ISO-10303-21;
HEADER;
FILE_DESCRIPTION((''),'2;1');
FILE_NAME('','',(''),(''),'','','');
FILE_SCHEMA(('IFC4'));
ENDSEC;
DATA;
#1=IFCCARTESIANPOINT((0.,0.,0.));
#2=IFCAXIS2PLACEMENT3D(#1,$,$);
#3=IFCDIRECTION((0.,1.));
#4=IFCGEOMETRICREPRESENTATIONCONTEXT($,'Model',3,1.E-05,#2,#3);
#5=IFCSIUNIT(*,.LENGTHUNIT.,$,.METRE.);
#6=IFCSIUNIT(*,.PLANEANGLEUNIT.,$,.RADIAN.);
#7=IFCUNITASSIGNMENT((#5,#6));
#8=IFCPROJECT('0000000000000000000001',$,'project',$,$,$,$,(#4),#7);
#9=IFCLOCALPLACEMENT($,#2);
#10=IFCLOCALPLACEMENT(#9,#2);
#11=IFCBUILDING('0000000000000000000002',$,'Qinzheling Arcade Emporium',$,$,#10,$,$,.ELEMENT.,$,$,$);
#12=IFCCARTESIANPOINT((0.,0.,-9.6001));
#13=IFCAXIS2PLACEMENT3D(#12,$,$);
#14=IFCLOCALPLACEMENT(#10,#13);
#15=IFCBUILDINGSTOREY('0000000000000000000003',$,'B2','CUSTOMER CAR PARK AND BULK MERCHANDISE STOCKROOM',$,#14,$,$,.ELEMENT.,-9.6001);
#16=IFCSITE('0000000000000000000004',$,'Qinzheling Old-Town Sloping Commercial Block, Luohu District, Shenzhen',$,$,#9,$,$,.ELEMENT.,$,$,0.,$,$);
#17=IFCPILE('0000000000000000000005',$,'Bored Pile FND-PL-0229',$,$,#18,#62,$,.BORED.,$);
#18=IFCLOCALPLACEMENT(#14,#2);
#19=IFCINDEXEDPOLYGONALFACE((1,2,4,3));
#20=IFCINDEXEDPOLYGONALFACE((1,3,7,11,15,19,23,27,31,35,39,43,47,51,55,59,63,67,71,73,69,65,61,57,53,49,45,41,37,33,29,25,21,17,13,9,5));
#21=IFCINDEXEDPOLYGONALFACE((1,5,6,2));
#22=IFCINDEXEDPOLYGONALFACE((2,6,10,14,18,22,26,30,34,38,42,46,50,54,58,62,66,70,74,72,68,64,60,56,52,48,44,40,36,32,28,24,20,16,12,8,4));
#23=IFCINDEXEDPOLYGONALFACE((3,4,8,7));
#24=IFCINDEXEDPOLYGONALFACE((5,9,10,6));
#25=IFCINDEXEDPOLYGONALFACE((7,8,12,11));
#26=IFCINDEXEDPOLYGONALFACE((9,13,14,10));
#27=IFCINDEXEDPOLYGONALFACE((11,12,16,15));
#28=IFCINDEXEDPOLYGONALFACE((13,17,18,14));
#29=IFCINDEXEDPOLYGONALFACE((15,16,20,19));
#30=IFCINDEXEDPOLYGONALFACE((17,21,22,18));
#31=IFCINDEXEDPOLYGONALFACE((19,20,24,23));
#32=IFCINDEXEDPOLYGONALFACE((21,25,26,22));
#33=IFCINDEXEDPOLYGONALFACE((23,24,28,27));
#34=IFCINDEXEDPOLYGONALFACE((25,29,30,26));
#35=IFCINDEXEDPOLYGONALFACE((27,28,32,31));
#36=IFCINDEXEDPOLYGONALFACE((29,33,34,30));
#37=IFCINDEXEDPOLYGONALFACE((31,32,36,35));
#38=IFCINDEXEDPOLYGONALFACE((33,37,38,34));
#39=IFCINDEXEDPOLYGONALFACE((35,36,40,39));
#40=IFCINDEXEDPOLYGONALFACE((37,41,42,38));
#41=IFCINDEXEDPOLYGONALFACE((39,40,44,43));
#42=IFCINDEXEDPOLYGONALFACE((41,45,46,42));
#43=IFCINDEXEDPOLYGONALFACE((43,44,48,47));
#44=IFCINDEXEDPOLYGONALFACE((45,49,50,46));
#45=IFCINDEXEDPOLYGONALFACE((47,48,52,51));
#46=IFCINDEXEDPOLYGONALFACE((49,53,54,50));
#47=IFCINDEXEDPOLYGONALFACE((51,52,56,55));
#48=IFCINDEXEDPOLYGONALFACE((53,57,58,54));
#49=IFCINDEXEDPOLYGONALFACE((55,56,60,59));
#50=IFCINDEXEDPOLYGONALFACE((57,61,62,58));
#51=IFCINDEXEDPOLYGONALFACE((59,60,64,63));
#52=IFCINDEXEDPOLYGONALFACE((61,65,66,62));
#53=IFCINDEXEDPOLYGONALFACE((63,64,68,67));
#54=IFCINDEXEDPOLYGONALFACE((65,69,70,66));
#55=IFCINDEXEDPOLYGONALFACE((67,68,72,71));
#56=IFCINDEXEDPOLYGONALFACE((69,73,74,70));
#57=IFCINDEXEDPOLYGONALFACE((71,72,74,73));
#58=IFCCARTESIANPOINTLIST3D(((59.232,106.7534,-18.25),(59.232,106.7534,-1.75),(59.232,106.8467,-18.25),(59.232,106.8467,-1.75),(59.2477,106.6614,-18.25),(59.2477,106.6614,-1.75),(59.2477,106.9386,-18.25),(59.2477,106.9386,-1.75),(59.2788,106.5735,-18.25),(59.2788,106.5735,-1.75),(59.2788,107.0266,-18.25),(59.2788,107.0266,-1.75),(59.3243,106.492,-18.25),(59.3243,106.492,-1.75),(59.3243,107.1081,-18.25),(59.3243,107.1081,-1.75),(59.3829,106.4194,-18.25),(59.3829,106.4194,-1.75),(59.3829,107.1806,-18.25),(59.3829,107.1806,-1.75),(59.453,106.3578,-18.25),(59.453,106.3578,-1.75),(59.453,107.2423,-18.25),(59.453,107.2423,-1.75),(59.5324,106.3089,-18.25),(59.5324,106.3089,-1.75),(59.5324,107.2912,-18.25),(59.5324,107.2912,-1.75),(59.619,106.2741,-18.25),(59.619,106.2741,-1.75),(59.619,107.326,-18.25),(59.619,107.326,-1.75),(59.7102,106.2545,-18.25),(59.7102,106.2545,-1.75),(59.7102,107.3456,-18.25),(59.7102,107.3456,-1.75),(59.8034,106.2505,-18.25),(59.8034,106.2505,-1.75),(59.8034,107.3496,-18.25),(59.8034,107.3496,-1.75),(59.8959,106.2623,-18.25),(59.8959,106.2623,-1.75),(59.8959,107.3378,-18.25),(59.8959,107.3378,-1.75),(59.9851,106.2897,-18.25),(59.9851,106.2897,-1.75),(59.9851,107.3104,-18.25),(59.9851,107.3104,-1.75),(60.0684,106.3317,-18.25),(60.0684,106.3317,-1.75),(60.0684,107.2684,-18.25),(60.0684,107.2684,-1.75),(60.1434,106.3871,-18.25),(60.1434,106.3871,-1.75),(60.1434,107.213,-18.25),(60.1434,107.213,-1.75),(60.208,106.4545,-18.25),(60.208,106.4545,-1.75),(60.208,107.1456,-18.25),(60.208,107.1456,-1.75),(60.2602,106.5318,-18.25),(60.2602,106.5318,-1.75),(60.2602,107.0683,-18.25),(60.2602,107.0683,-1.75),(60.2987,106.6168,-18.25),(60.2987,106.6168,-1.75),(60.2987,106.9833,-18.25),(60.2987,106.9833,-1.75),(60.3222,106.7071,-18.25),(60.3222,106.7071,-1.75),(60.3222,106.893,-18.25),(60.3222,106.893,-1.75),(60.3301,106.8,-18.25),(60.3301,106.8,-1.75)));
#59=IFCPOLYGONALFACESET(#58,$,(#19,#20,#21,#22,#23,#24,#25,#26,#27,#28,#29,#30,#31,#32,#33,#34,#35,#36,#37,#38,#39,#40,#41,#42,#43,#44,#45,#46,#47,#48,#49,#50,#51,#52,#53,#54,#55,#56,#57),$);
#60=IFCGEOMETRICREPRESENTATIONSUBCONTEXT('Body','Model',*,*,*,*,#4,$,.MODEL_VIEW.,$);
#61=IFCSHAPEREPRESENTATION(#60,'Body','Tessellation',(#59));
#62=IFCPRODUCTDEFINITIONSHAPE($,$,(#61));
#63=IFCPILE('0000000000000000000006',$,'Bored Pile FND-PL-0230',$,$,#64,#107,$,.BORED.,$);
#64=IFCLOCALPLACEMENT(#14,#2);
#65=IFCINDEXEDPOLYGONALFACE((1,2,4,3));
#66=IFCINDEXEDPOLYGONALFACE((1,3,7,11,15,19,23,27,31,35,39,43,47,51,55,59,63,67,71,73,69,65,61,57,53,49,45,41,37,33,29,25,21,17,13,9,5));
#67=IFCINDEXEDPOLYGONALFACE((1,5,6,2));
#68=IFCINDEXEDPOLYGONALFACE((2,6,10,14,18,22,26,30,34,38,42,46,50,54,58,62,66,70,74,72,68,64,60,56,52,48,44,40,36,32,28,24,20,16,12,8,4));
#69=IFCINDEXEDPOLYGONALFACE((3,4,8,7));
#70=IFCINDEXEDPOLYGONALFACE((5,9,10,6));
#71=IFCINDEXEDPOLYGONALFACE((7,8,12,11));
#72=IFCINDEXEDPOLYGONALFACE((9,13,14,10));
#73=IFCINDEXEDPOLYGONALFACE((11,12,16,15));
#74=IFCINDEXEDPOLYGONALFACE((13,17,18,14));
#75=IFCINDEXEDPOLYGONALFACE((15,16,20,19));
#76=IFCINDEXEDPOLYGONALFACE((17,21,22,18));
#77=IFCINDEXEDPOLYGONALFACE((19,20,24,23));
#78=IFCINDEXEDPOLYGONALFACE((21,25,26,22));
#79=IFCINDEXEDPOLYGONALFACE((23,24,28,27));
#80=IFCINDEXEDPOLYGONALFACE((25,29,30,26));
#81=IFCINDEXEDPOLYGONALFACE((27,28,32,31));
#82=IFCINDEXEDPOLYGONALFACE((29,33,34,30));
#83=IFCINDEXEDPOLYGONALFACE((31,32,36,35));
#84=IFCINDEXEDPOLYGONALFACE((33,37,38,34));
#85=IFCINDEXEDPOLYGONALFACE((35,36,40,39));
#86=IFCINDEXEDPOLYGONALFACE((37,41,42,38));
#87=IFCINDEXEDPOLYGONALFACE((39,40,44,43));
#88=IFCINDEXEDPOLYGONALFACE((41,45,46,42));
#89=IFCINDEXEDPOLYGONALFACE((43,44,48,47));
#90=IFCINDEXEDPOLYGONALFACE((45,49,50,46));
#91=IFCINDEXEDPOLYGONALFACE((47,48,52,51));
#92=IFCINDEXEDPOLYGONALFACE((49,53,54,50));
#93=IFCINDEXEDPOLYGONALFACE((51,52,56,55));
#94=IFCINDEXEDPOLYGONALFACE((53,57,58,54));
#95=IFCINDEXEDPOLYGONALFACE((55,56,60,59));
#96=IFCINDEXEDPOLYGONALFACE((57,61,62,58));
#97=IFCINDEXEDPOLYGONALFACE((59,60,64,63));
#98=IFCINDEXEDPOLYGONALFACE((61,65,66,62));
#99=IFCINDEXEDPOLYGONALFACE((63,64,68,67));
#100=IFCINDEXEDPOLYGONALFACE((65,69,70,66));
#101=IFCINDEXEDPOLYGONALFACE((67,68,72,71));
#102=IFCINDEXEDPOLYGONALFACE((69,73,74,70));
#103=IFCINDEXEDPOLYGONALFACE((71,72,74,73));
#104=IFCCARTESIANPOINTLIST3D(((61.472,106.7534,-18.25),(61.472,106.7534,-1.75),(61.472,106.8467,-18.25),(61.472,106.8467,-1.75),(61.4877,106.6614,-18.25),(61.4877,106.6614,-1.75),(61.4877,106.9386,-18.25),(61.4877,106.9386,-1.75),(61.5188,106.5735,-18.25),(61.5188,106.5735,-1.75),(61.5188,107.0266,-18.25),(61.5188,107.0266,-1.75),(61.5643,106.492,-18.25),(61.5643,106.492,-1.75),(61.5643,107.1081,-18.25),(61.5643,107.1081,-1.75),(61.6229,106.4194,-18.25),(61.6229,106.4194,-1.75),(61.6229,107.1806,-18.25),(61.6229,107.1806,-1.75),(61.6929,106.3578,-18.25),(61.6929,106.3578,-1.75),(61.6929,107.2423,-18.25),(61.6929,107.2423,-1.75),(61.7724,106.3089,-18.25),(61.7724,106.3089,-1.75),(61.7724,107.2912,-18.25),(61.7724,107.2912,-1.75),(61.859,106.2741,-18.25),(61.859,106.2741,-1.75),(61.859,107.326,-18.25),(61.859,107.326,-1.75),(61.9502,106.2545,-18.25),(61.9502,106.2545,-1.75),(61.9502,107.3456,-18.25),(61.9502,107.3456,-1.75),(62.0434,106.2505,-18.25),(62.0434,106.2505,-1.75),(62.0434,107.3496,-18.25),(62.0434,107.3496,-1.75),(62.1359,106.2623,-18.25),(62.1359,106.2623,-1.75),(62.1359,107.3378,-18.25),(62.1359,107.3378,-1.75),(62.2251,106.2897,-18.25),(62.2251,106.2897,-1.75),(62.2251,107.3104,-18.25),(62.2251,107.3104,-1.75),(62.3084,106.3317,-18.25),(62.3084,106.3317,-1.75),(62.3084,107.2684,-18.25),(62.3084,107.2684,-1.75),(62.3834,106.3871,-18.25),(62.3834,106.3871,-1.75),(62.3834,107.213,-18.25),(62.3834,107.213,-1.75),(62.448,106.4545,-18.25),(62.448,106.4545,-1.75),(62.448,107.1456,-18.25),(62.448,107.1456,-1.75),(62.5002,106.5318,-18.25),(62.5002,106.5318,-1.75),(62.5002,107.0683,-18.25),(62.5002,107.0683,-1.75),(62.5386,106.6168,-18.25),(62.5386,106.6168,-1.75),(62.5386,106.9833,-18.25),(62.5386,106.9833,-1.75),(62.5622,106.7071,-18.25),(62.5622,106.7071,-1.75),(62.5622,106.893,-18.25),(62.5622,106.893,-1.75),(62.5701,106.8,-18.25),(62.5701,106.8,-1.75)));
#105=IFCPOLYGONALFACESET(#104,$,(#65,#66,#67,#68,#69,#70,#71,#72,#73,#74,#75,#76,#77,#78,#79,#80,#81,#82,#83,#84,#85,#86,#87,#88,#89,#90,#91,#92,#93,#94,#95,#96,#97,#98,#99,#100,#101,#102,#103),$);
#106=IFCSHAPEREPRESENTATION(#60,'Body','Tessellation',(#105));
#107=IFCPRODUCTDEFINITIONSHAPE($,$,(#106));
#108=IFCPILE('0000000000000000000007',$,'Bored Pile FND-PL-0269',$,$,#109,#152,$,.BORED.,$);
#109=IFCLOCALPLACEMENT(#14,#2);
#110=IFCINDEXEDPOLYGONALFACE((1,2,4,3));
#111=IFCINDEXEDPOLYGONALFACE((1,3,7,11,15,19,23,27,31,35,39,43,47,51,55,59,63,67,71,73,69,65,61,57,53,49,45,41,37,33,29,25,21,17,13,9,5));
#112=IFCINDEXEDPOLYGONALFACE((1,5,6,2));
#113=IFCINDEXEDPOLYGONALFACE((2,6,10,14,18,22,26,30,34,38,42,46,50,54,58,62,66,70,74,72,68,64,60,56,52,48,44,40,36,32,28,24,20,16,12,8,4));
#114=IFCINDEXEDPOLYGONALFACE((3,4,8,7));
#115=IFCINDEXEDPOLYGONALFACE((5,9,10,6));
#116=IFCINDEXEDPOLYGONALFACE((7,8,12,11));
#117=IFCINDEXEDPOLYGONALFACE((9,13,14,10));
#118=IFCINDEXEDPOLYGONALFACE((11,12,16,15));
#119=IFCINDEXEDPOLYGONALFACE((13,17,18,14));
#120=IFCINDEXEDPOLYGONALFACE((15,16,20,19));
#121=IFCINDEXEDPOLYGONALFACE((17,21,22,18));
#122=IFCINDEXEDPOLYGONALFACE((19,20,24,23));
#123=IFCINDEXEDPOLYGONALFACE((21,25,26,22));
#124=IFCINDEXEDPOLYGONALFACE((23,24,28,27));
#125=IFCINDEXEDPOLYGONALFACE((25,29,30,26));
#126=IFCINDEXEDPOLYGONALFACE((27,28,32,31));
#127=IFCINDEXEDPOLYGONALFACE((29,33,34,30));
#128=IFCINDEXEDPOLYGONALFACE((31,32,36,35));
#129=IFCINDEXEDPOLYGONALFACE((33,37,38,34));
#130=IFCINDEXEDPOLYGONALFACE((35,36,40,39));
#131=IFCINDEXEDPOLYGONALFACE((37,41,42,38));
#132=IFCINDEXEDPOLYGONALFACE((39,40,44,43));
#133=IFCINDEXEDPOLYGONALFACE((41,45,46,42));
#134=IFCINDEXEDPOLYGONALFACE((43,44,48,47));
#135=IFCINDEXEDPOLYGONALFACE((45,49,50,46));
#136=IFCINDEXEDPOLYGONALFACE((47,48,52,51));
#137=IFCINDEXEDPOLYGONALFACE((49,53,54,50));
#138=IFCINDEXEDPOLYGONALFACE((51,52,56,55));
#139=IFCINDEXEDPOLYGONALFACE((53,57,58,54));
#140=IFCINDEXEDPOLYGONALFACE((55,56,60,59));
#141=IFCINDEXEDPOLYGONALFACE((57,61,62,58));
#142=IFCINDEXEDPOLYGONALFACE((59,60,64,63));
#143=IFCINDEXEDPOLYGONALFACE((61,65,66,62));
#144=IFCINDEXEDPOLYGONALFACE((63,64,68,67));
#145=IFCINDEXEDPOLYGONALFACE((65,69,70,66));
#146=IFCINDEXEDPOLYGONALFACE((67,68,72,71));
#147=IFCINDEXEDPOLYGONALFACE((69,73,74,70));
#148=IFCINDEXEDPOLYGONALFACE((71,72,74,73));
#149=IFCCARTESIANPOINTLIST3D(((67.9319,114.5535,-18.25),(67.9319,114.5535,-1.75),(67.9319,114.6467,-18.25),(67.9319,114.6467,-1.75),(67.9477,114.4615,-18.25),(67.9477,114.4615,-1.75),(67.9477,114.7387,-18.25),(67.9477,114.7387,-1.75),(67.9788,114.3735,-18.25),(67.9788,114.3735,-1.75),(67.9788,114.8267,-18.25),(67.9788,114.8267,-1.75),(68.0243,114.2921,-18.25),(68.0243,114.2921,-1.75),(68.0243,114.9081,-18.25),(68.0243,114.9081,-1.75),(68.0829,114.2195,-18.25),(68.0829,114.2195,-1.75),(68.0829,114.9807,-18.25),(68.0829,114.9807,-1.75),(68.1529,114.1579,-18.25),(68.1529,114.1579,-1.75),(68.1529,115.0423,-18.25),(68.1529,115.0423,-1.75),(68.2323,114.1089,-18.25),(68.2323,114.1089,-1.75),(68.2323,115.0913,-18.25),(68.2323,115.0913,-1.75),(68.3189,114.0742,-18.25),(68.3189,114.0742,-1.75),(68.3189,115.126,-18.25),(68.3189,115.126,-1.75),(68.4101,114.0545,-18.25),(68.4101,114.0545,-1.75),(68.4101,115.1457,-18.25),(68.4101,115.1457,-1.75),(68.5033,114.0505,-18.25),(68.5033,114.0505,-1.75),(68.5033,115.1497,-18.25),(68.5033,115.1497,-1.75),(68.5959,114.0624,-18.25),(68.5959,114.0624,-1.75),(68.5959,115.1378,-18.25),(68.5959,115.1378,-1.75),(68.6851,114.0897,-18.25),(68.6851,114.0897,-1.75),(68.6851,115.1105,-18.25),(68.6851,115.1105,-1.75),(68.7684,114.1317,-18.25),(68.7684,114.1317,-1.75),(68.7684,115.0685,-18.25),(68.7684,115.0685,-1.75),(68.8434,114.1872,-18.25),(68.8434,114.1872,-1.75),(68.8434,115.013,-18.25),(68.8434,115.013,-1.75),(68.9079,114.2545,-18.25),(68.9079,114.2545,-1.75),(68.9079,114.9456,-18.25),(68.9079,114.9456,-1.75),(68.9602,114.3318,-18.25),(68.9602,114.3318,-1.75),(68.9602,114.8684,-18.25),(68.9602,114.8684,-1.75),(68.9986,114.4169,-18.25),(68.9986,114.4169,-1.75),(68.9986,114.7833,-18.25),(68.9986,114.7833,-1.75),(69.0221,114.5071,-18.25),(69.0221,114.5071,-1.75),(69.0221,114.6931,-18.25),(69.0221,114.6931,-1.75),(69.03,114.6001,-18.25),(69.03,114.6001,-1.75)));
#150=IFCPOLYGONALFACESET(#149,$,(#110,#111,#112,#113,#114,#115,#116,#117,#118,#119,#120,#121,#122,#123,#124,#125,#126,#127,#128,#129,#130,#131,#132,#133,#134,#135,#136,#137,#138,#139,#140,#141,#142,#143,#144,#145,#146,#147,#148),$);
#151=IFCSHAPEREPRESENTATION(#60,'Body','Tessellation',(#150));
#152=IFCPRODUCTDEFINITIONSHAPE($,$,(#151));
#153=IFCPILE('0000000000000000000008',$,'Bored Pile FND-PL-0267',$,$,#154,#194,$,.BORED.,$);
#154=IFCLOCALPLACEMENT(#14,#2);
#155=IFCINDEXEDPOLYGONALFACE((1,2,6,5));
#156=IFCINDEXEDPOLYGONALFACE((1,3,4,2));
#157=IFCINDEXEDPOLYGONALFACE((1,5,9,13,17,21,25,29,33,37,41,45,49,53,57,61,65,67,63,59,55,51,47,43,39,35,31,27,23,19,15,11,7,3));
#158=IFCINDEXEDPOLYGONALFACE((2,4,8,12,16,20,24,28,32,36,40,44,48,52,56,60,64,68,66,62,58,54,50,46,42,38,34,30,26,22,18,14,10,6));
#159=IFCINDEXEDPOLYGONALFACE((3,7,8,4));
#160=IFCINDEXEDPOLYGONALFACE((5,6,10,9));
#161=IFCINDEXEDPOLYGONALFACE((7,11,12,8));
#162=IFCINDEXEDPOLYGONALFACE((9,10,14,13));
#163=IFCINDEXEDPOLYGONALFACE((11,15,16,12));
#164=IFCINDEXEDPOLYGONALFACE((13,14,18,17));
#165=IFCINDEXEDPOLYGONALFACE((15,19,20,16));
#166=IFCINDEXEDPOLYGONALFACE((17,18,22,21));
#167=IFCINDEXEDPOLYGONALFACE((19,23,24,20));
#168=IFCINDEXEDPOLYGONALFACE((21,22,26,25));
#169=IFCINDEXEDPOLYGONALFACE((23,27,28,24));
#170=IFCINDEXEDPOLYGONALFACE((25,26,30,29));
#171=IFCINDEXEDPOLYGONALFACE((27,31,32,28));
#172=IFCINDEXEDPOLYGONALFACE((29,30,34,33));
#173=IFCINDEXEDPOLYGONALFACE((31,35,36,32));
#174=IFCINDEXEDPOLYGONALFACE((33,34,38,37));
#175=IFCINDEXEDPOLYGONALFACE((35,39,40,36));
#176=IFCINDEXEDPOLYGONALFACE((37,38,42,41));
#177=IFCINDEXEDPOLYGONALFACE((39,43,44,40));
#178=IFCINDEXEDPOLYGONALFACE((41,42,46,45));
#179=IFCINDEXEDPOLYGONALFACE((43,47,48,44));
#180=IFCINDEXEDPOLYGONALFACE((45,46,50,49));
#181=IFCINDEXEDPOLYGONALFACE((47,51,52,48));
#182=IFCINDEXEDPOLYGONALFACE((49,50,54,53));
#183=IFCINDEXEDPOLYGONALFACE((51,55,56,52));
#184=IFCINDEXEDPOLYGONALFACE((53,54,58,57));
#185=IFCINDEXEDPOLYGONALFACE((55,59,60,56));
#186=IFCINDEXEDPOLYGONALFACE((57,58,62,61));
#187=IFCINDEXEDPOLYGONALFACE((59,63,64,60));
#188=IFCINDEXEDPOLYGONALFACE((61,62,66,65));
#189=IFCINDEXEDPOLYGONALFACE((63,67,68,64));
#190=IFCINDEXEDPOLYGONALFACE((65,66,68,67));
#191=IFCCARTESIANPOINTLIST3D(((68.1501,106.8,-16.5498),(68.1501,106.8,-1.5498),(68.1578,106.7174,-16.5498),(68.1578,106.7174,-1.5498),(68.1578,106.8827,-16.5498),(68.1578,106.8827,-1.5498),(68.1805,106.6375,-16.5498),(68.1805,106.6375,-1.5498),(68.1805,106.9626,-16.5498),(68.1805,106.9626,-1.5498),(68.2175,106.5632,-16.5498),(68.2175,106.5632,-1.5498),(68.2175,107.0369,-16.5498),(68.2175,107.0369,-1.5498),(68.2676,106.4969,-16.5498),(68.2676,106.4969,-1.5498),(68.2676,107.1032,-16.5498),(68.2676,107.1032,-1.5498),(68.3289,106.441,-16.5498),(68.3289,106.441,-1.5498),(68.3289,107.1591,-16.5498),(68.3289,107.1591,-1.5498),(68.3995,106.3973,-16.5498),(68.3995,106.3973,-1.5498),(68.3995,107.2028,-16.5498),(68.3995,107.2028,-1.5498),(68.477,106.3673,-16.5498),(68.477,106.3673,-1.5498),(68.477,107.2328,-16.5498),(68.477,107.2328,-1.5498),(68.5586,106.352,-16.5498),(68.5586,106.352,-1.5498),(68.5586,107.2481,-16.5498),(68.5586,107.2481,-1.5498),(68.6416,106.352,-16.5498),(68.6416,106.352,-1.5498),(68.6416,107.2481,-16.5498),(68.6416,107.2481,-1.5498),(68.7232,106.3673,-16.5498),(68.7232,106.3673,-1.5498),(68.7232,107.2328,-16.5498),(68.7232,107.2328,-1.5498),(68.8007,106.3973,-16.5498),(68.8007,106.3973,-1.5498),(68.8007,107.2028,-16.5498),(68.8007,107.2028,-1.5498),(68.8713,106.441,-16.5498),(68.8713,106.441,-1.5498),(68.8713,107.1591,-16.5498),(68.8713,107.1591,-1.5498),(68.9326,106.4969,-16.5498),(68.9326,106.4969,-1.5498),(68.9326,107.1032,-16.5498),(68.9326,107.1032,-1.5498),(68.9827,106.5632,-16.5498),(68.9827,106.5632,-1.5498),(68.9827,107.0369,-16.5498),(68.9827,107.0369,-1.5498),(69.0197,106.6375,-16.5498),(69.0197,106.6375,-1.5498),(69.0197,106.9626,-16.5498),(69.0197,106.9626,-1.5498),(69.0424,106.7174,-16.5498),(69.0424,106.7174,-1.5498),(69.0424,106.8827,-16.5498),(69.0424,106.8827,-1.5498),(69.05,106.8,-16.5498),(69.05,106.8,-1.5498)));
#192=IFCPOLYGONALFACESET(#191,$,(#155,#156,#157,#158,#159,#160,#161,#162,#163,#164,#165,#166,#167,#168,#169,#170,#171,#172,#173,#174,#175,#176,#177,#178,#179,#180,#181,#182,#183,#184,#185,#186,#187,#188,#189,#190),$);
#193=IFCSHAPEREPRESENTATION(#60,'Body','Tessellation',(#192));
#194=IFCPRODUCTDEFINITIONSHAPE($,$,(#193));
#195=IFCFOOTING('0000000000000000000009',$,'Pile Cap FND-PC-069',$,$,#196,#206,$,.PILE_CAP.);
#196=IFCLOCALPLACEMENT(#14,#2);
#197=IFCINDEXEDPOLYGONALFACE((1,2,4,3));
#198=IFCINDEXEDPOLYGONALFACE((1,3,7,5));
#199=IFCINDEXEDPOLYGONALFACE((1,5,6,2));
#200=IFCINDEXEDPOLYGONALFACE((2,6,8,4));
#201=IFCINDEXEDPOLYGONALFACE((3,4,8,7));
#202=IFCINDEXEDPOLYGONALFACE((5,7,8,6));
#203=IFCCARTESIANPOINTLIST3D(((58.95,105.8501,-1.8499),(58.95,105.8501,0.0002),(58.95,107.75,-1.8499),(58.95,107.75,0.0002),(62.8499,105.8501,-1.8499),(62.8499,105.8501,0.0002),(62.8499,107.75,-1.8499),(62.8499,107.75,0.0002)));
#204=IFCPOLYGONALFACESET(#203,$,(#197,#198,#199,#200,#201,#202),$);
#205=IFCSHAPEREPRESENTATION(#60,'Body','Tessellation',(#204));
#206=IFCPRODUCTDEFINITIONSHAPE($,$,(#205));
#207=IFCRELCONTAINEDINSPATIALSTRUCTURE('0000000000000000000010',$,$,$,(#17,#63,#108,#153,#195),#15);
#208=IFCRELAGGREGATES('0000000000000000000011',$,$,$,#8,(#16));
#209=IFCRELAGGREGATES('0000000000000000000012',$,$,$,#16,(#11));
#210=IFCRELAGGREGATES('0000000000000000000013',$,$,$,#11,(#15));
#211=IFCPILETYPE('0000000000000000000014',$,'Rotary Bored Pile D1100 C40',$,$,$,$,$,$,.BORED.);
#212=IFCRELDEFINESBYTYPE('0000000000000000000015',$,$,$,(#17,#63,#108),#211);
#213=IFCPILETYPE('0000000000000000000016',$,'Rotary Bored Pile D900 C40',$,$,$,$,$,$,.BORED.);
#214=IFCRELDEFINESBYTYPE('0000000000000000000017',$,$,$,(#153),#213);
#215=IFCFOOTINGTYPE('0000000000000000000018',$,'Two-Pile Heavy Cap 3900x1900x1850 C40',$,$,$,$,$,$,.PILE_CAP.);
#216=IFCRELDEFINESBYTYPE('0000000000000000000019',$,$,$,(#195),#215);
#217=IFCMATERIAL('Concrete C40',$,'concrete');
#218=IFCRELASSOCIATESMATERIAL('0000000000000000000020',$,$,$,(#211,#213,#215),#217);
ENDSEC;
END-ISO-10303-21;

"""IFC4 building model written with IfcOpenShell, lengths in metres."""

from ifc_helpers import new_model, si_unit, direction, frame, origin, origin_2d, place, context, subcontext, project, spatial, rectangle, circle, extrude, material, material_profile, profile_set, type_object, element, save


model = new_model("IFC4")

# Units and contexts
model_context = context("Model", 3, precision=1e-05, world=origin(), true_north=direction((0.0, 1.0)))
body_context = subcontext(model_context, "Body", "Model", "MODEL_VIEW")
ifc_project = project(units=[si_unit("LENGTHUNIT", "METRE"), si_unit("PLANEANGLEUNIT", "RADIAN")], contexts=[model_context])

# Site, building, storey
site_placement = place(None, origin())
site = spatial("IfcSite", under=ifc_project, at=site_placement, Name="Qinzheling Old-Town Sloping Commercial Block, Luohu District, Shenzhen", CompositionType="ELEMENT", RefElevation=0.0)
building_placement = place(site_placement, origin())
building = spatial("IfcBuilding", under=site, at=building_placement, Name="Qinzheling Arcade Emporium", CompositionType="ELEMENT")
storey_placement = place(building_placement, frame((0.0, 0.0, -9.6001)))
storey = spatial("IfcBuildingStorey", under=building, at=storey_placement, Name="B2", Description="CUSTOMER CAR PARK AND BULK MERCHANDISE STOCKROOM", CompositionType="ELEMENT", Elevation=-9.6001)

# Shared definitions
ifc_material_1 = material(Name="Concrete C40", Category="concrete")

# Piles
ifc_material_profile_1 = material_profile(ifc_material_1, circle(Radius=0.55, at=origin_2d()), Name="BORED D1100", Category="concrete")
ifc_profile_set_1 = profile_set([ifc_material_profile_1], Name="Concrete C40")
pile_type_1 = type_object("IfcPileType", Name="Rotary Bored Pile D1100 C40", PredefinedType="BORED", material=ifc_profile_set_1)
for number, where, z_axis, x_axis, name in (
    (1, (59.78, 106.8, -1.75), (0.0, 0.0, -1.0), (1.0, 0.0, 0.0), "Bored Pile FND-PL-0229"),
    (2, (62.02, 106.8, -1.75), (0.0, 0.0, -1.0), (1.0, 0.0, 0.0), "Bored Pile FND-PL-0230"),
    (3, (68.48, 114.6001, -1.75), (0.0, 0.0, -1.0), (1.0, 0.0, 0.0), "Bored Pile FND-PL-0269"),
):
    element("IfcPile", number, at=place(storey_placement, frame(where, z_axis=z_axis, x_axis=x_axis)), inside=storey, type_object=pile_type_1, Name=name, PredefinedType="BORED", context=body_context, shape_type="SweptSolid", body=[
        extrude(circle(Radius=0.55, at=origin_2d()), origin(), (0.0, 0.0, 1.0), 16.5),
    ])
ifc_material_profile_2 = material_profile(ifc_material_1, circle(Radius=0.45, at=origin_2d()), Name="BORED D900", Category="concrete")
ifc_profile_set_2 = profile_set([ifc_material_profile_2], Name="Concrete C40")
pile_type_2 = type_object("IfcPileType", Name="Rotary Bored Pile D900 C40", PredefinedType="BORED", material=ifc_profile_set_2)
pile_placement = place(storey_placement, frame((68.6001, 106.8, -1.5498), z_axis=(0.0, 0.0, -1.0), x_axis=(1.0, 0.0, 0.0)))
element("IfcPile", 4, at=pile_placement, inside=storey, type_object=pile_type_2, Name="Bored Pile FND-PL-0267", PredefinedType="BORED", context=body_context, shape_type="SweptSolid", body=[
    extrude(circle(Radius=0.45, at=origin_2d()), origin(), (0.0, 0.0, 1.0), 15.0),
])

# Footing
footing_type_1 = type_object("IfcFootingType", Name="Two-Pile Heavy Cap 3900x1900x1850 C40", PredefinedType="PILE_CAP", material=ifc_material_1)
for number, where, z_axis, x_axis, name in (
    (5, (60.8999, 106.8, -1.8499), (0.0, 0.0, 1.0), (1.0, 0.0, 0.0), "Pile Cap FND-PC-069"),
):
    element("IfcFooting", number, at=place(storey_placement, frame(where, z_axis=z_axis, x_axis=x_axis)), inside=storey, type_object=footing_type_1, Name=name, PredefinedType="PILE_CAP", context=body_context, shape_type="SweptSolid", body=[
        extrude(rectangle(XDim=3.8999, YDim=1.8999, at=origin_2d()), origin(), (0.0, 0.0, 1.0), 1.8501),
    ])

save(model, "model.ifc")
